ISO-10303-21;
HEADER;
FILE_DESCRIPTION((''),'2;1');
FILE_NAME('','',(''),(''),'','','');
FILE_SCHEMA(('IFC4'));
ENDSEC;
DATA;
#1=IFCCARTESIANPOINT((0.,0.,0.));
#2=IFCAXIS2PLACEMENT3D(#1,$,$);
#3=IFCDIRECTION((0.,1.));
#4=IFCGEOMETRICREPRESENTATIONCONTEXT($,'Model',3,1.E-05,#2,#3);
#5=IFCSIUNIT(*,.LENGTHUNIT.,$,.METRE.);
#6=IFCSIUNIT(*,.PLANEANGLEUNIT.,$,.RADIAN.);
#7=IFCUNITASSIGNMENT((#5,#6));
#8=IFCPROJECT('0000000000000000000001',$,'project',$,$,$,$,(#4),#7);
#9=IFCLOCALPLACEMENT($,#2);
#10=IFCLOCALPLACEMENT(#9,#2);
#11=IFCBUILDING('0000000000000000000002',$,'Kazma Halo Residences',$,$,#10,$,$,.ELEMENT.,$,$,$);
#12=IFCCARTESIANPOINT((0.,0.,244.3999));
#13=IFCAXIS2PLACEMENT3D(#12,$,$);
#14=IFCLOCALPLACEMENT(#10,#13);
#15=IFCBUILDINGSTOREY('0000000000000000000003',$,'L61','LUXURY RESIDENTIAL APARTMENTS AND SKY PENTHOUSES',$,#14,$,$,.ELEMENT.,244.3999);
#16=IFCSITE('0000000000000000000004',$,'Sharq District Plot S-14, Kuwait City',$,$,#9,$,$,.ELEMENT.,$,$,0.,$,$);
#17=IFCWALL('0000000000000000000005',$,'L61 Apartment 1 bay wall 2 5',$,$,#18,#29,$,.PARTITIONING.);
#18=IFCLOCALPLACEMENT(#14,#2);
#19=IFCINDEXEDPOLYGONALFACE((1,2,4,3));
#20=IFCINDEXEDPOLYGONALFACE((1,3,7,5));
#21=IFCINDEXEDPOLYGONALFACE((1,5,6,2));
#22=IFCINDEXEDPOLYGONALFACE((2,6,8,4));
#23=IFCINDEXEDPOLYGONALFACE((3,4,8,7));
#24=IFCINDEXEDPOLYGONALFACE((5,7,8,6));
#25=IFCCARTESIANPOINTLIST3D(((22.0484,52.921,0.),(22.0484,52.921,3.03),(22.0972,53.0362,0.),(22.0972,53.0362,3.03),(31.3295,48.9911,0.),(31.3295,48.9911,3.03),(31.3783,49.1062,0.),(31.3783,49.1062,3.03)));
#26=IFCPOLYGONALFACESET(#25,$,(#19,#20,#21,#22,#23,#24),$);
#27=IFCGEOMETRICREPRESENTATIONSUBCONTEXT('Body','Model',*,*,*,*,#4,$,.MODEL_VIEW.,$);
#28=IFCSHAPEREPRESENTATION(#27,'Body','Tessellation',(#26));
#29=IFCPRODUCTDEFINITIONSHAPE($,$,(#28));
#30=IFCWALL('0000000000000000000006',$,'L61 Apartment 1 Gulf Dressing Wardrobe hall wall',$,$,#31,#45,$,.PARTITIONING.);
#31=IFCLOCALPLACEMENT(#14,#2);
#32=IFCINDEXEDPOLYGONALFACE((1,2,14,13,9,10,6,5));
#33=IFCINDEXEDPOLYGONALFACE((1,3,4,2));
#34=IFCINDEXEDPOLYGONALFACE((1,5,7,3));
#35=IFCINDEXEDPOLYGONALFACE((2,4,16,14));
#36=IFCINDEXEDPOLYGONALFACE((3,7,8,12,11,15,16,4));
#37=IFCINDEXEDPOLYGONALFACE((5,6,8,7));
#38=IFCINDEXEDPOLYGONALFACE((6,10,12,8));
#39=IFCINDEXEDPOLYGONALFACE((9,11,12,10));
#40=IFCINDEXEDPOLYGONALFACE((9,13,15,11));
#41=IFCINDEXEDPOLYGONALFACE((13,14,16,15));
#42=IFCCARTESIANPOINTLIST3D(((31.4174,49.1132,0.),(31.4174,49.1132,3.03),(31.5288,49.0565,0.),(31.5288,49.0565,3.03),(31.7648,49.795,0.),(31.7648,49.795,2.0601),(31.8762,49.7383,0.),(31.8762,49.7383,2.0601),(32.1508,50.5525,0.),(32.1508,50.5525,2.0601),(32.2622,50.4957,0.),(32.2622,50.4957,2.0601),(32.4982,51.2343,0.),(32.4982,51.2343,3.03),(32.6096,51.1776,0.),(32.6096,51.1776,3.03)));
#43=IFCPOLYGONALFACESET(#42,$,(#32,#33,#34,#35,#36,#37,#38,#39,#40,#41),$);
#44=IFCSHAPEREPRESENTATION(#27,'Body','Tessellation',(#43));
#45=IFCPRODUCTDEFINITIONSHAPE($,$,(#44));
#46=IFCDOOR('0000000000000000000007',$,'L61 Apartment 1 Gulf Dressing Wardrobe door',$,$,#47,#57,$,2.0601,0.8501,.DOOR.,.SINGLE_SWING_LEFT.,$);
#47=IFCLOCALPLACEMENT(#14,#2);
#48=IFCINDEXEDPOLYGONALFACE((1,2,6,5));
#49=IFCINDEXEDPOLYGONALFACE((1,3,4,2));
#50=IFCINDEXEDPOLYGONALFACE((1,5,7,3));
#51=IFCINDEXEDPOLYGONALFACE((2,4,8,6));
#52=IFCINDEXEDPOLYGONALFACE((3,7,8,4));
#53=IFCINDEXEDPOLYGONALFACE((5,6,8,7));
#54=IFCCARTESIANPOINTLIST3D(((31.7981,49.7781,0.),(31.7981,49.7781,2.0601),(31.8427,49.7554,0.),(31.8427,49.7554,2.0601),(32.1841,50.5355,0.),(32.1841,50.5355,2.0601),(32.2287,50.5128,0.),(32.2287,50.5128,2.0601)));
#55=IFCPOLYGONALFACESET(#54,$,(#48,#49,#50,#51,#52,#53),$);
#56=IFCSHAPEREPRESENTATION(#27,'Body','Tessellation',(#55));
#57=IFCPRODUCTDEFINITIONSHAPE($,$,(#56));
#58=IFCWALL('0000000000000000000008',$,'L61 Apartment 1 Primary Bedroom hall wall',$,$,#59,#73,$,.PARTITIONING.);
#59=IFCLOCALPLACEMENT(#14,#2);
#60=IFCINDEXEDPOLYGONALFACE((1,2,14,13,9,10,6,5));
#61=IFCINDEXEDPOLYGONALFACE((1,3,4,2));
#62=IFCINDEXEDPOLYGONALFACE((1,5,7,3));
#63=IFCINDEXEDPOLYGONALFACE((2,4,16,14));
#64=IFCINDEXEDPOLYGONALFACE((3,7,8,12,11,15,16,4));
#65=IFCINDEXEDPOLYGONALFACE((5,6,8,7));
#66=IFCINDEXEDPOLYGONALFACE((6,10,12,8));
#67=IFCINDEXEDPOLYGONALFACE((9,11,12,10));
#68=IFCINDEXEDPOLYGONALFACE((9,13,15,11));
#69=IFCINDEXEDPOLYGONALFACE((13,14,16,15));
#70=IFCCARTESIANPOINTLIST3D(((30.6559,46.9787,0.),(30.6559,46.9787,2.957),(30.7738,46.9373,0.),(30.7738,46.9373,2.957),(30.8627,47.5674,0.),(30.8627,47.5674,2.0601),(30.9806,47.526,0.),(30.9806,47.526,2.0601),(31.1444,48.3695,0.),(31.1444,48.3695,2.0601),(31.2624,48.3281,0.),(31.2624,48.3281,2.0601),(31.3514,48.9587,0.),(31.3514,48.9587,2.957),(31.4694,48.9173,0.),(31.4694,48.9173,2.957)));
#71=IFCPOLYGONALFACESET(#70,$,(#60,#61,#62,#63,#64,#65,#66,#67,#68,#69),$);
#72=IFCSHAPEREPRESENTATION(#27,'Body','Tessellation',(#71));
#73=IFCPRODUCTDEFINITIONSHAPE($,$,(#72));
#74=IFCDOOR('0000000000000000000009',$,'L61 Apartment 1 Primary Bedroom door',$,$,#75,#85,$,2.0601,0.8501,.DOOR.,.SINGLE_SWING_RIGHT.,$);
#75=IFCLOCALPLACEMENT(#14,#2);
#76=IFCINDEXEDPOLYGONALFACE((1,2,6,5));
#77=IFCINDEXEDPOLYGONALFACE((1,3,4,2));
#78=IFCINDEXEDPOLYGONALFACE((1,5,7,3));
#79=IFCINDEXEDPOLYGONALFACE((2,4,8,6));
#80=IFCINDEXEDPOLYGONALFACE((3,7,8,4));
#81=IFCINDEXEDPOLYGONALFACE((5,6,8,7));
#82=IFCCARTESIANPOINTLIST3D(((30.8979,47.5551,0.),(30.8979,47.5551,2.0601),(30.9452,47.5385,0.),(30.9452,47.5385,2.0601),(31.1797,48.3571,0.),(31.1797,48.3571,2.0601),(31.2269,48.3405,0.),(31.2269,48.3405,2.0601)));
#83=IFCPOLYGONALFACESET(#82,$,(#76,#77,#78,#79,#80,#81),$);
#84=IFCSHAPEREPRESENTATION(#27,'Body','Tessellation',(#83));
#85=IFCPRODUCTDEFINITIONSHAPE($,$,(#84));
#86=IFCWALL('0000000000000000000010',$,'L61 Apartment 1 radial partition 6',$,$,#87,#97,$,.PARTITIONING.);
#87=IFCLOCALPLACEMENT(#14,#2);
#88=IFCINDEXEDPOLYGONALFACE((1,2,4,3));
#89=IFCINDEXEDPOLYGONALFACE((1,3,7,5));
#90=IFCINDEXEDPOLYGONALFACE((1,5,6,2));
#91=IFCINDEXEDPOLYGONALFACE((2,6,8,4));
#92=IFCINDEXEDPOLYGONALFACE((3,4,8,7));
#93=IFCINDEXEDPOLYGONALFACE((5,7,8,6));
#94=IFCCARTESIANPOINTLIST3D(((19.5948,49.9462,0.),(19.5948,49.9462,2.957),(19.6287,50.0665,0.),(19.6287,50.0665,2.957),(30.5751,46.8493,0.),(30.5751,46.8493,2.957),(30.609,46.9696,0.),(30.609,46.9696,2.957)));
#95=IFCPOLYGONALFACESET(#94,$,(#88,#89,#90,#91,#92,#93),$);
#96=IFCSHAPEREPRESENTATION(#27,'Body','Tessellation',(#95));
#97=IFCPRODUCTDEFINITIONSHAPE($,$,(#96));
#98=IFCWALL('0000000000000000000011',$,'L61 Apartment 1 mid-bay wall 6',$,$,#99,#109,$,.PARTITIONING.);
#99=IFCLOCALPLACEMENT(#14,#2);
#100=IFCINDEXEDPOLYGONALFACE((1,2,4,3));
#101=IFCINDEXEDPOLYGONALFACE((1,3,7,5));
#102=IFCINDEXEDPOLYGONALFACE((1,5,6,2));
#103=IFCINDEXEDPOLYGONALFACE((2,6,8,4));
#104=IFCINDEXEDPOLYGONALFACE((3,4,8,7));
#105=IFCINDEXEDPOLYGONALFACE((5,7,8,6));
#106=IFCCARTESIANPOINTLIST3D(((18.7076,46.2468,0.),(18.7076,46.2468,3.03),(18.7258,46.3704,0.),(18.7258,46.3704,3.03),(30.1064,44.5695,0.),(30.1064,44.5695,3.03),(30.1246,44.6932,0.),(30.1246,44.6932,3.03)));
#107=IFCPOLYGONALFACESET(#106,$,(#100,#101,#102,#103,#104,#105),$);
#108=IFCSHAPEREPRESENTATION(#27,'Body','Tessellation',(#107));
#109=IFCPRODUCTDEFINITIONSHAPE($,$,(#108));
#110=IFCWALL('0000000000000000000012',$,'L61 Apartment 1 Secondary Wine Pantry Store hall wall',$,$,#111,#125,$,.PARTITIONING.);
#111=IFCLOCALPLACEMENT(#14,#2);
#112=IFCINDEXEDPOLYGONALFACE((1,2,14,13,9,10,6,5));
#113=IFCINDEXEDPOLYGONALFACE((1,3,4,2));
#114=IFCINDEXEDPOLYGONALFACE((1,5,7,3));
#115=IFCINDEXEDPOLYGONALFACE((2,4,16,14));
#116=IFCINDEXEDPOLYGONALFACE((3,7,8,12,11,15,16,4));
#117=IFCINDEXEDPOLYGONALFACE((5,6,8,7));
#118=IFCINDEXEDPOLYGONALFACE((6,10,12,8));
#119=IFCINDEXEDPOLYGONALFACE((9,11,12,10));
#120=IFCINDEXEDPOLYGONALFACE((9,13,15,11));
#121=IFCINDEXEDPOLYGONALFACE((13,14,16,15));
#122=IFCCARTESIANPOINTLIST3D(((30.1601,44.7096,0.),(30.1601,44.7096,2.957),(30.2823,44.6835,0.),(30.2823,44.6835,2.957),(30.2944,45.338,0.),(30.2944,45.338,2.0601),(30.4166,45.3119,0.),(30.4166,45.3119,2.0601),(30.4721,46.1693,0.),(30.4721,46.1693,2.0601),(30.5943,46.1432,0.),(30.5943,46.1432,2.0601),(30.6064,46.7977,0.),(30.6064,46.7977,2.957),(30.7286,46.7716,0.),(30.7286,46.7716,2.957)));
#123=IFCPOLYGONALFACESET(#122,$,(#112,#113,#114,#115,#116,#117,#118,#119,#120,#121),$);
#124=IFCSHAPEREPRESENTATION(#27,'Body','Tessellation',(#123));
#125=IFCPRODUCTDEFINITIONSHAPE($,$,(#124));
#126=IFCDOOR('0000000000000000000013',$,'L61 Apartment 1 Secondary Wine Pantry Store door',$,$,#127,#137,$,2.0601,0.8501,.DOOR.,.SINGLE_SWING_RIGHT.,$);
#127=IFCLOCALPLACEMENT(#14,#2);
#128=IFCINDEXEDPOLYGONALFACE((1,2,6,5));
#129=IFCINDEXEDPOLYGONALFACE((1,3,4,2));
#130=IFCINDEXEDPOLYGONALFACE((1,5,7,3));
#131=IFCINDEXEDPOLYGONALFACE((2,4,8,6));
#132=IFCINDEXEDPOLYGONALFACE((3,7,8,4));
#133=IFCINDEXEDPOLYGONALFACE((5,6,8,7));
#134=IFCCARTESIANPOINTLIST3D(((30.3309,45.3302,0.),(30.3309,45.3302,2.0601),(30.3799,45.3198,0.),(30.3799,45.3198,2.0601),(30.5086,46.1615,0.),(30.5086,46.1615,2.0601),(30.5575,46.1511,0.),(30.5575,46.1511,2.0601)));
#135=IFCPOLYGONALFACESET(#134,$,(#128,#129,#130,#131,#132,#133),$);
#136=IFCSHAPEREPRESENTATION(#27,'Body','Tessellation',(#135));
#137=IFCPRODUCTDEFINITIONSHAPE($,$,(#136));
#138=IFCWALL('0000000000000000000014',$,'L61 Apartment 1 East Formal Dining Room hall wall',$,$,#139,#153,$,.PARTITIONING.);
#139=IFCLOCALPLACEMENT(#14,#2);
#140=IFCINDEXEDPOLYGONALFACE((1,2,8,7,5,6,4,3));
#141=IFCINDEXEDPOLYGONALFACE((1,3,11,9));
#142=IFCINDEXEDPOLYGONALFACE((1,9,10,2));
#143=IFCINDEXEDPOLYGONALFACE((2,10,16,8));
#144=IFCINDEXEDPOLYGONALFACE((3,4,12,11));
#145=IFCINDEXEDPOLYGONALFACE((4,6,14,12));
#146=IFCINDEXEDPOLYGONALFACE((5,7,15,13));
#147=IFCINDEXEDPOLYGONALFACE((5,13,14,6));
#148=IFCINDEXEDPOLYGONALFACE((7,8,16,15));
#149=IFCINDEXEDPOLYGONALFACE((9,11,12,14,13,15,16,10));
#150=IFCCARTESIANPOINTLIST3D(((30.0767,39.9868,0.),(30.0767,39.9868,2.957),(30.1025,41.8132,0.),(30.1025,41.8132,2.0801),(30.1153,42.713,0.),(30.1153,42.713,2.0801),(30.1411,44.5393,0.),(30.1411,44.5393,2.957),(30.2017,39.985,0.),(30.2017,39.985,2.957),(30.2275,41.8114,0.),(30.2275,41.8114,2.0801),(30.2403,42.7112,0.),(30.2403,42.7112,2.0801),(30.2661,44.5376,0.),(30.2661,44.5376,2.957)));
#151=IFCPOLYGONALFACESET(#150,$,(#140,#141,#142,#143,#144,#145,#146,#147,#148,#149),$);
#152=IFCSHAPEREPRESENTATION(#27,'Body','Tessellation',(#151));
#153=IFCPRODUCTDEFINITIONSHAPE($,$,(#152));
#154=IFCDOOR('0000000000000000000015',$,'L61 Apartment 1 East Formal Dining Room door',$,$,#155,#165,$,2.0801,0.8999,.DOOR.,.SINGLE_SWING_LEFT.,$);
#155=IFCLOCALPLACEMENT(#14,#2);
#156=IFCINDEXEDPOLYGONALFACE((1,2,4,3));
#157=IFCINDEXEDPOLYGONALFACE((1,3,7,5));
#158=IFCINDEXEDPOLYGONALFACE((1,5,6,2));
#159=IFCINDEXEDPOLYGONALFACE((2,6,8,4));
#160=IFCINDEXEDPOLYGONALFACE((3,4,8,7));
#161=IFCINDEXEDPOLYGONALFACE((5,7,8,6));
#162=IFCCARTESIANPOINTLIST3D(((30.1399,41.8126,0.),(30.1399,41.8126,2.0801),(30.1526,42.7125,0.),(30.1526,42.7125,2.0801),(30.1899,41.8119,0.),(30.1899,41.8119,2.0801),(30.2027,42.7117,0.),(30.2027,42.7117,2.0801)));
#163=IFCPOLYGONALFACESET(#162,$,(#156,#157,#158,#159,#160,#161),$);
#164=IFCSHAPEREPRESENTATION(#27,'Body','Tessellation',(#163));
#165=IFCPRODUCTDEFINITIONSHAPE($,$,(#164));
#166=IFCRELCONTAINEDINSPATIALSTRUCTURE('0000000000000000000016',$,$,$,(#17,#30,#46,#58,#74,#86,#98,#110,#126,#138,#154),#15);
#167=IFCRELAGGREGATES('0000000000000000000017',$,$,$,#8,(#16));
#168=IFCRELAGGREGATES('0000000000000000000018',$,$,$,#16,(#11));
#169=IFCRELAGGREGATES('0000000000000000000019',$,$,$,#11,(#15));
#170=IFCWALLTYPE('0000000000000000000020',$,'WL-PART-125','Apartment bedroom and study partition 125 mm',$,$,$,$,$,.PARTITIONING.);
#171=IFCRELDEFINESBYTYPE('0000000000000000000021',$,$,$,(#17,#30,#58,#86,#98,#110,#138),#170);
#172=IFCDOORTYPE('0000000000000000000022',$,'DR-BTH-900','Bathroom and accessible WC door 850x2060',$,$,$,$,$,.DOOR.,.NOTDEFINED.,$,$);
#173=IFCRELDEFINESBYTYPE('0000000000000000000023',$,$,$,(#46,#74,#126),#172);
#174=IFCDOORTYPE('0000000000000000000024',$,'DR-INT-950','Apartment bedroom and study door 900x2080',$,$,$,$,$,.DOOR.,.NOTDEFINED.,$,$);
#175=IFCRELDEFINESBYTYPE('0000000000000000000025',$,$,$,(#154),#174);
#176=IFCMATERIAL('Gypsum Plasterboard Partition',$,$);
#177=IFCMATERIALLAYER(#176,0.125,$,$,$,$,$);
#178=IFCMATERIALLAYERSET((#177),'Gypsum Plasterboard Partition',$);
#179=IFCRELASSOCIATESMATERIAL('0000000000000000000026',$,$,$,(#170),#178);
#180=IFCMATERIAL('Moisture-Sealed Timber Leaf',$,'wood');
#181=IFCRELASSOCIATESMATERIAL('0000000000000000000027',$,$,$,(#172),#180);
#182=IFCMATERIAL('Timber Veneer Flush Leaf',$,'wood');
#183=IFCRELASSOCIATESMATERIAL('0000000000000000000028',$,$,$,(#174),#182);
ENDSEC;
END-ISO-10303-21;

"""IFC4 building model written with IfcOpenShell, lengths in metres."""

from ifc_helpers import new_model, si_unit, direction, frame, frame_2d, origin, place, context, subcontext, project, spatial, rectangle, extrude, material, layer, layer_set, type_object, element, fill, save


model = new_model("IFC4")

# Units and contexts
model_context = context("Model", 3, precision=1e-05, world=origin(), true_north=direction((0.0, 1.0)))
body_context = subcontext(model_context, "Body", "Model", "MODEL_VIEW")
ifc_project = project(units=[si_unit("LENGTHUNIT", "METRE"), si_unit("PLANEANGLEUNIT", "RADIAN")], contexts=[model_context])

# Site, building, storey
site_placement = place(None, origin())
site = spatial("IfcSite", under=ifc_project, at=site_placement, Name="Sharq District Plot S-14, Kuwait City", CompositionType="ELEMENT", RefElevation=0.0)
building_placement = place(site_placement, origin())
building = spatial("IfcBuilding", under=site, at=building_placement, Name="Kazma Halo Residences", CompositionType="ELEMENT")
storey_placement = place(building_placement, frame((0.0, 0.0, 244.3999)))
storey = spatial("IfcBuildingStorey", under=building, at=storey_placement, Name="L61", Description="LUXURY RESIDENTIAL APARTMENTS AND SKY PENTHOUSES", CompositionType="ELEMENT", Elevation=244.3999)

# Wall
ifc_material_1 = material(Name="Gypsum Plasterboard Partition")
ifc_layer_1 = layer(ifc_material_1, 0.125)
ifc_layer_set_1 = layer_set([ifc_layer_1], Name="Gypsum Plasterboard Partition")
wall_type_1 = type_object("IfcWallType", Name="WL-PART-125", Description="Apartment bedroom and study partition 125 mm", PredefinedType="PARTITIONING", material=ifc_layer_set_1)
wall_1_placement = place(storey_placement, frame((31.354, 49.0486, 0.0), z_axis=(0.0, 0.0, 1.0), x_axis=(-0.920848, 0.389922, 0.0)))
element("IfcWall", 1, at=wall_1_placement, inside=storey, type_object=wall_type_1, Name="L61 Apartment 1 bay wall 2 5", PredefinedType="PARTITIONING", context=body_context, shape_type="SweptSolid", body=[
    extrude(rectangle(XDim=10.0789, YDim=0.125, at=frame_2d((5.0396, 0.0))), origin(), (0.0, 0.0, 1.0), 3.03),
])

# Walls, openings, doors
wall_2_placement = place(storey_placement, frame((32.554, 51.2061, 0.0), z_axis=(0.0, 0.0, 1.0), x_axis=(-0.45401, -0.890996, 0.0)))
wall_2 = element("IfcWall", 2, at=wall_2_placement, inside=storey, type_object=wall_type_1, Name="L61 Apartment 1 Gulf Dressing Wardrobe hall wall", PredefinedType="PARTITIONING", context=body_context, shape_type="SweptSolid", body=[
    extrude(rectangle(XDim=2.3806, YDim=0.125, at=frame_2d((1.1904, 0.0))), origin(), (0.0, 0.0, 1.0), 3.03),
])
opening_1_placement = place(wall_2_placement, frame((0.7654, 0.0, 0.0)))
opening_1 = element("IfcOpeningElement", 3, at=opening_1_placement, cuts=wall_2, PredefinedType="OPENING", context=body_context, shape_type="SweptSolid", body=[
    extrude(rectangle(XDim=0.8501, YDim=2.0601, at=frame_2d((0.425, 1.03))), frame((0.0, 0.0725, 0.0), z_axis=(0.0, -1.0, 0.0), x_axis=(1.0, 0.0, 0.0)), (0.0, 0.0, 1.0), 0.145),
])
ifc_material_2 = material(Name="Moisture-Sealed Timber Leaf", Category="wood")
door_type_1 = type_object("IfcDoorType", Name="DR-BTH-900", Description="Bathroom and accessible WC door 850x2060", OperationType="NOTDEFINED", PredefinedType="DOOR", material=ifc_material_2)
door_1_placement = place(opening_1_placement, origin())
door_1 = element("IfcDoor", 4, at=door_1_placement, inside=storey, type_object=door_type_1, Name="L61 Apartment 1 Gulf Dressing Wardrobe door", OperationType="SINGLE_SWING_LEFT", OverallHeight=2.0601, OverallWidth=0.8501, PredefinedType="DOOR", context=body_context, shape_type="SweptSolid", body=[
    extrude(rectangle(XDim=0.8501, YDim=2.0601, at=frame_2d((0.425, 1.03))), frame((0.0, 0.0249, 0.0), z_axis=(0.0, -1.0, 0.0), x_axis=(1.0, 0.0, 0.0)), (0.0, 0.0, 1.0), 0.05),
])
fill(opening_1, door_1)
wall_3_placement = place(storey_placement, frame((31.4104, 48.938, 0.0), z_axis=(0.0, 0.0, 1.0), x_axis=(-0.331438, -0.943477, 0.0)))
wall_3 = element("IfcWall", 5, at=wall_3_placement, inside=storey, type_object=wall_type_1, Name="L61 Apartment 1 Primary Bedroom hall wall", PredefinedType="PARTITIONING", context=body_context, shape_type="SweptSolid", body=[
    extrude(rectangle(XDim=2.0986, YDim=0.125, at=frame_2d((1.0493, 0.0))), origin(), (0.0, 0.0, 1.0), 2.957),
])
opening_2_placement = place(wall_3_placement, frame((0.6245, 0.0, 0.0)))
opening_2 = element("IfcOpeningElement", 6, at=opening_2_placement, cuts=wall_3, PredefinedType="OPENING", context=body_context, shape_type="SweptSolid", body=[
    extrude(rectangle(XDim=0.8501, YDim=2.0601, at=frame_2d((0.425, 1.03))), frame((0.0, 0.0725, 0.0), z_axis=(0.0, -1.0, 0.0), x_axis=(1.0, 0.0, 0.0)), (0.0, 0.0, 1.0), 0.145),
])
door_2_placement = place(opening_2_placement, origin())
door_2 = element("IfcDoor", 7, at=door_2_placement, inside=storey, type_object=door_type_1, Name="L61 Apartment 1 Primary Bedroom door", OperationType="SINGLE_SWING_RIGHT", OverallHeight=2.0601, OverallWidth=0.8501, PredefinedType="DOOR", context=body_context, shape_type="SweptSolid", body=[
    extrude(rectangle(XDim=0.8501, YDim=2.0601, at=frame_2d((0.425, 1.03))), frame((0.0, 0.0249, 0.0), z_axis=(0.0, -1.0, 0.0), x_axis=(1.0, 0.0, 0.0)), (0.0, 0.0, 1.0), 0.05),
])
fill(opening_2, door_2)

# Walls
wall_4_placement = place(storey_placement, frame((30.592, 46.9094, 0.0), z_axis=(0.0, 0.0, 1.0), x_axis=(-0.962451, 0.271455, 0.0)))
element("IfcWall", 8, at=wall_4_placement, inside=storey, type_object=wall_type_1, Name="L61 Apartment 1 radial partition 6", PredefinedType="PARTITIONING", context=body_context, shape_type="SweptSolid", body=[
    extrude(rectangle(XDim=11.4087, YDim=0.125, at=frame_2d((5.7043, 0.0))), origin(), (0.0, 0.0, 1.0), 2.957),
])
wall_5_placement = place(storey_placement, frame((30.1155, 44.6313, 0.0), z_axis=(0.0, 0.0, 1.0), x_axis=(-0.989347, 0.145576, 0.0)))
element("IfcWall", 9, at=wall_5_placement, inside=storey, type_object=wall_type_1, Name="L61 Apartment 1 mid-bay wall 6", PredefinedType="PARTITIONING", context=body_context, shape_type="SweptSolid", body=[
    extrude(rectangle(XDim=11.5215, YDim=0.125, at=frame_2d((5.7607, 0.0))), origin(), (0.0, 0.0, 1.0), 3.03),
])

# Walls, openings, doors
wall_6_placement = place(storey_placement, frame((30.6675, 46.7847, 0.0), z_axis=(0.0, 0.0, 1.0), x_axis=(-0.209006, -0.977914, 0.0)))
wall_6 = element("IfcWall", 10, at=wall_6_placement, inside=storey, type_object=wall_type_1, Name="L61 Apartment 1 Secondary Wine Pantry Store hall wall", PredefinedType="PARTITIONING", context=body_context, shape_type="SweptSolid", body=[
    extrude(rectangle(XDim=2.1353, YDim=0.125, at=frame_2d((1.0676, 0.0))), origin(), (0.0, 0.0, 1.0), 2.957),
])
opening_3_placement = place(wall_6_placement, frame((0.6426, 0.0, 0.0)))
opening_3 = element("IfcOpeningElement", 11, at=opening_3_placement, cuts=wall_6, PredefinedType="OPENING", context=body_context, shape_type="SweptSolid", body=[
    extrude(rectangle(XDim=0.8501, YDim=2.0601, at=frame_2d((0.425, 1.03))), frame((0.0, 0.0725, 0.0), z_axis=(0.0, -1.0, 0.0), x_axis=(1.0, 0.0, 0.0)), (0.0, 0.0, 1.0), 0.145),
])
door_3_placement = place(opening_3_placement, origin())
door_3 = element("IfcDoor", 12, at=door_3_placement, inside=storey, type_object=door_type_1, Name="L61 Apartment 1 Secondary Wine Pantry Store door", OperationType="SINGLE_SWING_RIGHT", OverallHeight=2.0601, OverallWidth=0.8501, PredefinedType="DOOR", context=body_context, shape_type="SweptSolid", body=[
    extrude(rectangle(XDim=0.8501, YDim=2.0601, at=frame_2d((0.425, 1.03))), frame((0.0, 0.0249, 0.0), z_axis=(0.0, -1.0, 0.0), x_axis=(1.0, 0.0, 0.0)), (0.0, 0.0, 1.0), 0.05),
])
fill(opening_3, door_3)
wall_7_placement = place(storey_placement, frame((30.2036, 44.5383, 0.0), z_axis=(0.0, 0.0, 1.0), x_axis=(-0.014156, -0.9999, 0.0)))
wall_7 = element("IfcWall", 13, at=wall_7_placement, inside=storey, type_object=wall_type_1, Name="L61 Apartment 1 East Formal Dining Room hall wall", PredefinedType="PARTITIONING", context=body_context, shape_type="SweptSolid", body=[
    extrude(rectangle(XDim=4.553, YDim=0.125, at=frame_2d((2.2764, 0.0))), origin(), (0.0, 0.0, 1.0), 2.957),
])
opening_4_placement = place(wall_7_placement, frame((1.8264, 0.0, 0.0)))
opening_4 = element("IfcOpeningElement", 14, at=opening_4_placement, cuts=wall_7, PredefinedType="OPENING", context=body_context, shape_type="SweptSolid", body=[
    extrude(rectangle(XDim=0.8999, YDim=2.0801, at=frame_2d((0.45, 1.04))), frame((0.0, 0.0725, 0.0), z_axis=(0.0, -1.0, 0.0), x_axis=(1.0, 0.0, 0.0)), (0.0, 0.0, 1.0), 0.145),
])
ifc_material_3 = material(Name="Timber Veneer Flush Leaf", Category="wood")
door_type_2 = type_object("IfcDoorType", Name="DR-INT-950", Description="Apartment bedroom and study door 900x2080", OperationType="NOTDEFINED", PredefinedType="DOOR", material=ifc_material_3)
door_4_placement = place(opening_4_placement, origin())
door_4 = element("IfcDoor", 15, at=door_4_placement, inside=storey, type_object=door_type_2, Name="L61 Apartment 1 East Formal Dining Room door", OperationType="SINGLE_SWING_LEFT", OverallHeight=2.0801, OverallWidth=0.8999, PredefinedType="DOOR", context=body_context, shape_type="SweptSolid", body=[
    extrude(rectangle(XDim=0.8999, YDim=2.0801, at=frame_2d((0.45, 1.04))), frame((0.0, 0.0249, 0.0), z_axis=(0.0, -1.0, 0.0), x_axis=(1.0, 0.0, 0.0)), (0.0, 0.0, 1.0), 0.05),
])
fill(opening_4, door_4)

save(model, "model.ifc")
